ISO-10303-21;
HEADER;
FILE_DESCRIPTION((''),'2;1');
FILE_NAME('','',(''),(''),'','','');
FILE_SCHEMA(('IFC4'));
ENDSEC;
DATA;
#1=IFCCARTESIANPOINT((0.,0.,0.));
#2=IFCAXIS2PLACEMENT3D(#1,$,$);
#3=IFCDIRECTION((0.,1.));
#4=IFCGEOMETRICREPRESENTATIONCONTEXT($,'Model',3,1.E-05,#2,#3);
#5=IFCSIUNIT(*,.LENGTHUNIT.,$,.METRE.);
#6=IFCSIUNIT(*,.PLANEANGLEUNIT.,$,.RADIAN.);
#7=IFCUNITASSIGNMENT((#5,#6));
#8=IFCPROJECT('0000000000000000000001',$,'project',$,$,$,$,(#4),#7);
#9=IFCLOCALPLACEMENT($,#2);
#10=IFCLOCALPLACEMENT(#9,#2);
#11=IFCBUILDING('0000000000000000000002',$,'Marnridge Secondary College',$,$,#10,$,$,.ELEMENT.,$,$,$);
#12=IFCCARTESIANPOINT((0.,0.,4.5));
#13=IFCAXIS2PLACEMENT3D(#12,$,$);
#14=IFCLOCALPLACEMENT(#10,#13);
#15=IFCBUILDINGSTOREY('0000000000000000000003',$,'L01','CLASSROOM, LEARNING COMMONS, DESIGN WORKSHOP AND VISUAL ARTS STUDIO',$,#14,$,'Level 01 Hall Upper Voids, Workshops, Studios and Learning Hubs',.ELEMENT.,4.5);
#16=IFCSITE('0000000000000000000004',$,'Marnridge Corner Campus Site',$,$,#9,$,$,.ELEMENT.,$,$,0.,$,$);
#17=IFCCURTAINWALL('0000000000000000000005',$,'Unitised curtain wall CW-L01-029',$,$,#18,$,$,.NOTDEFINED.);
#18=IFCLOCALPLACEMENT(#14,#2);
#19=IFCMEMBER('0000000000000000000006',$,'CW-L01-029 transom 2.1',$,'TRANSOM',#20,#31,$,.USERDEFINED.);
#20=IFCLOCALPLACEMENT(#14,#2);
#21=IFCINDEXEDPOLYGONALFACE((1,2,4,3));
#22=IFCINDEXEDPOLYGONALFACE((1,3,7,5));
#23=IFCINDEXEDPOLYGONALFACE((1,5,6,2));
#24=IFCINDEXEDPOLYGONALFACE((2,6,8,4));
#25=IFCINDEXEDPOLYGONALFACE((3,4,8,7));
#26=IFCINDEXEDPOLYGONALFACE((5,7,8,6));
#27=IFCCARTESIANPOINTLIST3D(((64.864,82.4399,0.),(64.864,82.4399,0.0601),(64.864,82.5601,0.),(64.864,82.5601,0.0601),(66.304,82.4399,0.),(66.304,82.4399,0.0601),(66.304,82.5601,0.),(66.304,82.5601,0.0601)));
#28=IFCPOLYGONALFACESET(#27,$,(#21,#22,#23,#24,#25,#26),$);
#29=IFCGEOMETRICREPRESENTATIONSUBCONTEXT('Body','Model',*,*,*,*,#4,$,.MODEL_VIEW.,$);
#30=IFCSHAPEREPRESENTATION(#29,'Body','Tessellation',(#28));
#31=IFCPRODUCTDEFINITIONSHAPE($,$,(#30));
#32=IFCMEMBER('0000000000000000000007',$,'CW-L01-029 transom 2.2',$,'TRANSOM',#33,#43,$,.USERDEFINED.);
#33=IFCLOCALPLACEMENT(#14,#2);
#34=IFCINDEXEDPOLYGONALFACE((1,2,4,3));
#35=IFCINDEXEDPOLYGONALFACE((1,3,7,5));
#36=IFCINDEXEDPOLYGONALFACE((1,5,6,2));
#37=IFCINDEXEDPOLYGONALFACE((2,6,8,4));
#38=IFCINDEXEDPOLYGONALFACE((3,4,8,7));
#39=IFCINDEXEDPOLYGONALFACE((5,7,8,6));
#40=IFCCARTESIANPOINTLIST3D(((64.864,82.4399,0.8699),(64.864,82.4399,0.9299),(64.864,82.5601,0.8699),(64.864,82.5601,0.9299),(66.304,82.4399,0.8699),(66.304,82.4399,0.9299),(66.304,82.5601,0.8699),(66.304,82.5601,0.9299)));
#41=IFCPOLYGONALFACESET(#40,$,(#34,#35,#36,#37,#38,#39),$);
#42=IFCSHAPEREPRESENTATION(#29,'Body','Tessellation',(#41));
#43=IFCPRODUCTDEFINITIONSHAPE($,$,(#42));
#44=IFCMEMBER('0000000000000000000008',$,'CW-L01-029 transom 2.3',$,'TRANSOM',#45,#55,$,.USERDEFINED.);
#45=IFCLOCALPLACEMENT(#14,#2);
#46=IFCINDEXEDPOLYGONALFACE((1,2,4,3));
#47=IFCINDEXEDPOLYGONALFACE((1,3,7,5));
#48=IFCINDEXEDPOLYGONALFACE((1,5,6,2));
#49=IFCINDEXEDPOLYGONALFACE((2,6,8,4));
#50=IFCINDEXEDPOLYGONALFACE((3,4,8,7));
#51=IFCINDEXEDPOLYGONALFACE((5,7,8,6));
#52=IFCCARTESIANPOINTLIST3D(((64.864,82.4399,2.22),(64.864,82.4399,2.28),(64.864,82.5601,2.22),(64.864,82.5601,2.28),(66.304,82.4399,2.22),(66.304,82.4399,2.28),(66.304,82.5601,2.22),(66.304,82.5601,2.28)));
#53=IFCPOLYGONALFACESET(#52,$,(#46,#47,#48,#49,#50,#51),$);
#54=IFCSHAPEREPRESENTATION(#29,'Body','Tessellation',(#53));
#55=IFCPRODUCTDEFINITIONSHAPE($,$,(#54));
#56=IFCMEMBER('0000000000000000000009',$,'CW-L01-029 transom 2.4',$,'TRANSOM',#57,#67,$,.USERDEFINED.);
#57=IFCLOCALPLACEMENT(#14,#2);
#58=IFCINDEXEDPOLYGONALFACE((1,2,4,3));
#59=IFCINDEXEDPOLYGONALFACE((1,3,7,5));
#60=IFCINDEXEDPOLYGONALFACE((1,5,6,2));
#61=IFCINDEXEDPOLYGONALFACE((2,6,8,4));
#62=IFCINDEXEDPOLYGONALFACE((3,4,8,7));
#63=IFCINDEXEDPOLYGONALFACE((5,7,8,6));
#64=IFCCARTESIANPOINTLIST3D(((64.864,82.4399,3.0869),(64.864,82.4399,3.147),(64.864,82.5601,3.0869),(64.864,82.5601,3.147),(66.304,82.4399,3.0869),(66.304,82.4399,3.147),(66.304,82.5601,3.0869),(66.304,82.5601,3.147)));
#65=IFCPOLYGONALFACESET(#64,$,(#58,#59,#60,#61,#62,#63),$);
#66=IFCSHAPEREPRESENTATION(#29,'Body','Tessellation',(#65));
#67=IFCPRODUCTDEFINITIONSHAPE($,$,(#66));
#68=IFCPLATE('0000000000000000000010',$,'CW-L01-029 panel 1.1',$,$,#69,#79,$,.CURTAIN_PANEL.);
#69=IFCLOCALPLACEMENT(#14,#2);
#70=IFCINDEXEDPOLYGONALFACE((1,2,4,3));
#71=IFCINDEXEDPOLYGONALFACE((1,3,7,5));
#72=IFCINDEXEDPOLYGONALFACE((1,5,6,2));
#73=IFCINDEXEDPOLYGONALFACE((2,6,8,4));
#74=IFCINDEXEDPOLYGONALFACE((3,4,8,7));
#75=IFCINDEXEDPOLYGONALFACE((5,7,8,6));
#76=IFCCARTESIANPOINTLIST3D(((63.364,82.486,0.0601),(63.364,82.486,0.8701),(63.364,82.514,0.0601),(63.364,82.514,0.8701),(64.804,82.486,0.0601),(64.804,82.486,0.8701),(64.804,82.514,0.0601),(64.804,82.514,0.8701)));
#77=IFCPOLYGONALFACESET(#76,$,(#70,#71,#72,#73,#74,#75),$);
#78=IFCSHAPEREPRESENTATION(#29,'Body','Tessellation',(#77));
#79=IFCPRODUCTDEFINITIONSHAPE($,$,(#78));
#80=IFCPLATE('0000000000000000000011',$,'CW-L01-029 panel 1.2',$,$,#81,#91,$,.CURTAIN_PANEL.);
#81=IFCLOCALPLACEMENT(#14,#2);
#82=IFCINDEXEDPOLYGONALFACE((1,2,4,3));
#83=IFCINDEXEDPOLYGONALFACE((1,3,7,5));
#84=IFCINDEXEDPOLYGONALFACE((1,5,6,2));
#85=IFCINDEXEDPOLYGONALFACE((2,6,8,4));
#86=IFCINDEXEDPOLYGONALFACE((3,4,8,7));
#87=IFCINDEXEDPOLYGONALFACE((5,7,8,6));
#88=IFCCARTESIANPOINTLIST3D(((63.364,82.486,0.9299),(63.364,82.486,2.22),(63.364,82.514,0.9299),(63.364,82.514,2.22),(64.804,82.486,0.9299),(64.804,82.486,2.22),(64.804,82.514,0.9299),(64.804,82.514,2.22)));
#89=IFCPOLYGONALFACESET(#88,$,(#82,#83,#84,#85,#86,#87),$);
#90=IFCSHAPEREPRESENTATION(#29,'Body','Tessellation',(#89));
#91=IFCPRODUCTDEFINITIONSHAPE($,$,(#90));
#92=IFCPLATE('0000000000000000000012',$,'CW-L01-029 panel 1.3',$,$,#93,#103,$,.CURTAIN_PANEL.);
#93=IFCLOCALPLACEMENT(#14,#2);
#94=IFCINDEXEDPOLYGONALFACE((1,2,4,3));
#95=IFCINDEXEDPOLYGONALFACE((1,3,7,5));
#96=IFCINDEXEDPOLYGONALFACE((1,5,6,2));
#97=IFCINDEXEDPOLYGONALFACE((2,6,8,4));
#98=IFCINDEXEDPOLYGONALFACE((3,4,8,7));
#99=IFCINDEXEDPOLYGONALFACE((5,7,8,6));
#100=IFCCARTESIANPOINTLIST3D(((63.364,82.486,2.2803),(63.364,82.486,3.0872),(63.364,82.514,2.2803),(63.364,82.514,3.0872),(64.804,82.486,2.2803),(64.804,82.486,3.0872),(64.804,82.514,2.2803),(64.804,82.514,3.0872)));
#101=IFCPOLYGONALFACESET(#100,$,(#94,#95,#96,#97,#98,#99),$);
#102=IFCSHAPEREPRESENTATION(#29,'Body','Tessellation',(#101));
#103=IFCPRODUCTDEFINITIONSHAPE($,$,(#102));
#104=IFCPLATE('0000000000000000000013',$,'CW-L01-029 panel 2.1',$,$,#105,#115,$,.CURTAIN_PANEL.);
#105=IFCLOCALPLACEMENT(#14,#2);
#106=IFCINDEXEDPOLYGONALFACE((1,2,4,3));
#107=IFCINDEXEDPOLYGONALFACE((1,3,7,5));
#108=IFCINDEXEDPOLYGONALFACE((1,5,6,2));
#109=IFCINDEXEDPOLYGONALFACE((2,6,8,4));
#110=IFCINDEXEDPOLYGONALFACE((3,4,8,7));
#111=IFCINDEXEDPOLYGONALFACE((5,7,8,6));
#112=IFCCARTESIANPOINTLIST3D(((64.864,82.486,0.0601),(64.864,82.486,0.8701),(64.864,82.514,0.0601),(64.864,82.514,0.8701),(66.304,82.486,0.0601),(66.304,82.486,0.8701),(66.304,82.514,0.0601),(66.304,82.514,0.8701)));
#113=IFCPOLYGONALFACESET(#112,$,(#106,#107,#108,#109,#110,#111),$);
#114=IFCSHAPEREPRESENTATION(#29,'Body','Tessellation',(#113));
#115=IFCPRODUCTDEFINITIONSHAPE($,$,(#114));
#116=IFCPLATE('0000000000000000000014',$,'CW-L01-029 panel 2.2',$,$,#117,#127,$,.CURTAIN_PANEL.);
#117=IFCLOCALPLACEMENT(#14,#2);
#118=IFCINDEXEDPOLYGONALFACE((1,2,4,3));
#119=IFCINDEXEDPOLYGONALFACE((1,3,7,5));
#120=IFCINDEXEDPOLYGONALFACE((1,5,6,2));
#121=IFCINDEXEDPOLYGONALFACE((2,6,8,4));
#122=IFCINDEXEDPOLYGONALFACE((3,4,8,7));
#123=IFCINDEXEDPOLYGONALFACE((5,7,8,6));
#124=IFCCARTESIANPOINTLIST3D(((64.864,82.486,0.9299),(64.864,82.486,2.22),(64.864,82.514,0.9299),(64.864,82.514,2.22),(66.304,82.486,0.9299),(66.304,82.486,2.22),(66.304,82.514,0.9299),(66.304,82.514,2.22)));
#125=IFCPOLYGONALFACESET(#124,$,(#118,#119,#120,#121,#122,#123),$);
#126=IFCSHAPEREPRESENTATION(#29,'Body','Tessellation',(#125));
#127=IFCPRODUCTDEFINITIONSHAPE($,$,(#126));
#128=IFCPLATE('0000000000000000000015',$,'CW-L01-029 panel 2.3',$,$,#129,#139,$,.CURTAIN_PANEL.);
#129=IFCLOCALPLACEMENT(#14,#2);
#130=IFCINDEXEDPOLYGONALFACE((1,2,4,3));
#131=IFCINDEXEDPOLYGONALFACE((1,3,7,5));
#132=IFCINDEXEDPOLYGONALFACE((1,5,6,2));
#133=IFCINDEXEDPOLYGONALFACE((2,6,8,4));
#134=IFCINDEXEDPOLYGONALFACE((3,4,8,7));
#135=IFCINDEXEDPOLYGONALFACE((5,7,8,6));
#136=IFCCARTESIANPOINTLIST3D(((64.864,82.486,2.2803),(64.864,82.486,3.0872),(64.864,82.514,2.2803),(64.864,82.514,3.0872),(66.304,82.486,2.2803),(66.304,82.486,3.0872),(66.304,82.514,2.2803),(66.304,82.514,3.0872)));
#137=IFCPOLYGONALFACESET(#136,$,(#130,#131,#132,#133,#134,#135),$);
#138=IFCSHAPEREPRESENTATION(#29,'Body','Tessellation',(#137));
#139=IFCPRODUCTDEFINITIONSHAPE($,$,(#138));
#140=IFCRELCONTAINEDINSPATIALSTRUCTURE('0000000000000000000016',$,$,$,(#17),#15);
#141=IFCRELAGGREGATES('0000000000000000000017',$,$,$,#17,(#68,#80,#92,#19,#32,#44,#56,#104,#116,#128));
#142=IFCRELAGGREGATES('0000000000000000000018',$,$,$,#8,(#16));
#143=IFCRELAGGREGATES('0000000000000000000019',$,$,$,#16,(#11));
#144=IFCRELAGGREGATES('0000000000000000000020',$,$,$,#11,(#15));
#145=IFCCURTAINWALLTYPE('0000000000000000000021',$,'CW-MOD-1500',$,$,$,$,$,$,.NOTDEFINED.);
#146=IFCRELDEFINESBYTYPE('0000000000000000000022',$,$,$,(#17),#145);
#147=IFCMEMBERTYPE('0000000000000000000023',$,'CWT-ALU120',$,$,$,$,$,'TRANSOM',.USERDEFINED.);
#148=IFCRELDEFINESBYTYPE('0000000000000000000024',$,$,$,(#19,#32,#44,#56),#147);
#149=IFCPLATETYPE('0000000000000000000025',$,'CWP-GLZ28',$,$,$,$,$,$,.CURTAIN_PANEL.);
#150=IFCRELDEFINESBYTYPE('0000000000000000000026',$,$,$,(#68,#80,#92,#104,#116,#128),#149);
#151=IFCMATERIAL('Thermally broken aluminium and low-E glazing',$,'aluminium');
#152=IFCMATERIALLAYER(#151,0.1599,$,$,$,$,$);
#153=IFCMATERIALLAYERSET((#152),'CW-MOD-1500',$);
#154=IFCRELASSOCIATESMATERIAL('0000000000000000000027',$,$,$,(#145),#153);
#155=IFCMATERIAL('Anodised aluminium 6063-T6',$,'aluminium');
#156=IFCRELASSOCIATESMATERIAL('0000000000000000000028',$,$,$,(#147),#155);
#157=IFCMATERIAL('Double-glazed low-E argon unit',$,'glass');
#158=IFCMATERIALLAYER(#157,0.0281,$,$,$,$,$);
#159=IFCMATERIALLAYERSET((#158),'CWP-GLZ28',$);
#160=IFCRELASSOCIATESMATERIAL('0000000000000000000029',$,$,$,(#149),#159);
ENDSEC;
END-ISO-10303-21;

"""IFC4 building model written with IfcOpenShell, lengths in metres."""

from ifc_helpers import new_model, si_unit, direction, frame, origin, origin_2d, place, context, subcontext, project, spatial, rectangle, extrude, material, layer, layer_set, material_profile, profile_set, type_object, element, aggregate, save


model = new_model("IFC4")

# Units and contexts
model_context = context("Model", 3, precision=1e-05, world=origin(), true_north=direction((0.0, 1.0)))
body_context = subcontext(model_context, "Body", "Model", "MODEL_VIEW")
ifc_project = project(units=[si_unit("LENGTHUNIT", "METRE"), si_unit("PLANEANGLEUNIT", "RADIAN")], contexts=[model_context])

# Site, building, storey
site_placement = place(None, origin())
site = spatial("IfcSite", under=ifc_project, at=site_placement, Name="Marnridge Corner Campus Site", CompositionType="ELEMENT", RefElevation=0.0)
building_placement = place(site_placement, origin())
building = spatial("IfcBuilding", under=site, at=building_placement, Name="Marnridge Secondary College", CompositionType="ELEMENT")
storey_placement = place(building_placement, frame((0.0, 0.0, 4.5)))
storey = spatial("IfcBuildingStorey", under=building, at=storey_placement, Name="L01", Description="CLASSROOM, LEARNING COMMONS, DESIGN WORKSHOP AND VISUAL ARTS STUDIO", LongName="Level 01 Hall Upper Voids, Workshops, Studios and Learning Hubs", CompositionType="ELEMENT", Elevation=4.5)

# Curtain wall, members, plates
ifc_material_1 = material(Name="Thermally broken aluminium and low-E glazing", Category="aluminium")
ifc_layer_1 = layer(ifc_material_1, 0.1599)
ifc_layer_set_1 = layer_set([ifc_layer_1], Name="CW-MOD-1500")
curtain_wall_type = type_object("IfcCurtainWallType", Name="CW-MOD-1500", PredefinedType="NOTDEFINED", material=ifc_layer_set_1)
curtain_wall_placement = place(storey_placement, origin())
curtain_wall = element("IfcCurtainWall", 1, at=curtain_wall_placement, inside=storey, type_object=curtain_wall_type, Name="Unitised curtain wall CW-L01-029", PredefinedType="NOTDEFINED")
ifc_material_2 = material(Name="Anodised aluminium 6063-T6", Category="aluminium")
ifc_material_profile_1 = material_profile(ifc_material_2, rectangle(XDim=0.0601, YDim=0.1201, at=origin_2d()), Name="ALU 60x120")
ifc_profile_set_1 = profile_set([ifc_material_profile_1], Name="Anodised aluminium 6063-T6")
member_type_1 = type_object("IfcMemberType", Name="CWT-ALU120", ElementType="TRANSOM", PredefinedType="USERDEFINED", material=ifc_profile_set_1)
member_1_placement = place(storey_placement, frame((64.864, 82.5, 0.03), z_axis=(1.0, 0.0, 0.0), x_axis=(0.0, 0.0, 1.0)))
member_1 = element("IfcMember", 2, at=member_1_placement, type_object=member_type_1, Name="CW-L01-029 transom 2.1", ObjectType="TRANSOM", PredefinedType="USERDEFINED", context=body_context, shape_type="SweptSolid", body=[
    extrude(rectangle(XDim=0.0601, YDim=0.1201, at=origin_2d()), origin(), (0.0, 0.0, 1.0), 1.4399),
])
member_2_placement = place(storey_placement, frame((64.864, 82.5, 0.8999), z_axis=(1.0, 0.0, 0.0), x_axis=(0.0, 0.0, 1.0)))
member_2 = element("IfcMember", 3, at=member_2_placement, type_object=member_type_1, Name="CW-L01-029 transom 2.2", ObjectType="TRANSOM", PredefinedType="USERDEFINED", context=body_context, shape_type="SweptSolid", body=[
    extrude(rectangle(XDim=0.0601, YDim=0.1201, at=origin_2d()), origin(), (0.0, 0.0, 1.0), 1.4399),
])
member_3_placement = place(storey_placement, frame((64.864, 82.5, 2.25), z_axis=(1.0, 0.0, 0.0), x_axis=(0.0, 0.0, 1.0)))
member_3 = element("IfcMember", 4, at=member_3_placement, type_object=member_type_1, Name="CW-L01-029 transom 2.3", ObjectType="TRANSOM", PredefinedType="USERDEFINED", context=body_context, shape_type="SweptSolid", body=[
    extrude(rectangle(XDim=0.0601, YDim=0.1201, at=origin_2d()), origin(), (0.0, 0.0, 1.0), 1.4399),
])
member_4_placement = place(storey_placement, frame((64.864, 82.5, 3.1169), z_axis=(1.0, 0.0, 0.0), x_axis=(0.0, 0.0, 1.0)))
member_4 = element("IfcMember", 5, at=member_4_placement, type_object=member_type_1, Name="CW-L01-029 transom 2.4", ObjectType="TRANSOM", PredefinedType="USERDEFINED", context=body_context, shape_type="SweptSolid", body=[
    extrude(rectangle(XDim=0.0601, YDim=0.1201, at=origin_2d()), origin(), (0.0, 0.0, 1.0), 1.4399),
])
ifc_material_3 = material(Name="Double-glazed low-E argon unit", Category="glass")
ifc_layer_2 = layer(ifc_material_3, 0.0281)
ifc_layer_set_2 = layer_set([ifc_layer_2], Name="CWP-GLZ28")
plate_type = type_object("IfcPlateType", Name="CWP-GLZ28", PredefinedType="CURTAIN_PANEL", material=ifc_layer_set_2)
plate_1_placement = place(storey_placement, frame((64.084, 82.5, 0.0601), z_axis=(0.0, 0.0, 1.0), x_axis=(1.0, 0.0, 0.0)))
plate_1 = element("IfcPlate", 6, at=plate_1_placement, type_object=plate_type, Name="CW-L01-029 panel 1.1", PredefinedType="CURTAIN_PANEL", context=body_context, shape_type="SweptSolid", body=[
    extrude(rectangle(XDim=1.4399, YDim=0.0281, at=origin_2d()), origin(), (0.0, 0.0, 1.0), 0.8101),
])
plate_2_placement = place(storey_placement, frame((64.084, 82.5, 0.9299), z_axis=(0.0, 0.0, 1.0), x_axis=(1.0, 0.0, 0.0)))
plate_2 = element("IfcPlate", 7, at=plate_2_placement, type_object=plate_type, Name="CW-L01-029 panel 1.2", PredefinedType="CURTAIN_PANEL", context=body_context, shape_type="SweptSolid", body=[
    extrude(rectangle(XDim=1.4399, YDim=0.0281, at=origin_2d()), origin(), (0.0, 0.0, 1.0), 1.29),
])
plate_3_placement = place(storey_placement, frame((64.084, 82.5, 2.2803), z_axis=(0.0, 0.0, 1.0), x_axis=(1.0, 0.0, 0.0)))
plate_3 = element("IfcPlate", 8, at=plate_3_placement, type_object=plate_type, Name="CW-L01-029 panel 1.3", PredefinedType="CURTAIN_PANEL", context=body_context, shape_type="SweptSolid", body=[
    extrude(rectangle(XDim=1.4399, YDim=0.0281, at=origin_2d()), origin(), (0.0, 0.0, 1.0), 0.8069),
])
plate_4_placement = place(storey_placement, frame((65.584, 82.5, 0.0601), z_axis=(0.0, 0.0, 1.0), x_axis=(1.0, 0.0, 0.0)))
plate_4 = element("IfcPlate", 9, at=plate_4_placement, type_object=plate_type, Name="CW-L01-029 panel 2.1", PredefinedType="CURTAIN_PANEL", context=body_context, shape_type="SweptSolid", body=[
    extrude(rectangle(XDim=1.4399, YDim=0.0281, at=origin_2d()), origin(), (0.0, 0.0, 1.0), 0.8101),
])
plate_5_placement = place(storey_placement, frame((65.584, 82.5, 0.9299), z_axis=(0.0, 0.0, 1.0), x_axis=(1.0, 0.0, 0.0)))
plate_5 = element("IfcPlate", 10, at=plate_5_placement, type_object=plate_type, Name="CW-L01-029 panel 2.2", PredefinedType="CURTAIN_PANEL", context=body_context, shape_type="SweptSolid", body=[
    extrude(rectangle(XDim=1.4399, YDim=0.0281, at=origin_2d()), origin(), (0.0, 0.0, 1.0), 1.29),
])
plate_6_placement = place(storey_placement, frame((65.584, 82.5, 2.2803), z_axis=(0.0, 0.0, 1.0), x_axis=(1.0, 0.0, 0.0)))
plate_6 = element("IfcPlate", 11, at=plate_6_placement, type_object=plate_type, Name="CW-L01-029 panel 2.3", PredefinedType="CURTAIN_PANEL", context=body_context, shape_type="SweptSolid", body=[
    extrude(rectangle(XDim=1.4399, YDim=0.0281, at=origin_2d()), origin(), (0.0, 0.0, 1.0), 0.8069),
])
aggregate(curtain_wall, [plate_1, plate_2, plate_3, member_1, member_2, member_3, member_4, plate_4, plate_5, plate_6])

save(model, "model.ifc")
